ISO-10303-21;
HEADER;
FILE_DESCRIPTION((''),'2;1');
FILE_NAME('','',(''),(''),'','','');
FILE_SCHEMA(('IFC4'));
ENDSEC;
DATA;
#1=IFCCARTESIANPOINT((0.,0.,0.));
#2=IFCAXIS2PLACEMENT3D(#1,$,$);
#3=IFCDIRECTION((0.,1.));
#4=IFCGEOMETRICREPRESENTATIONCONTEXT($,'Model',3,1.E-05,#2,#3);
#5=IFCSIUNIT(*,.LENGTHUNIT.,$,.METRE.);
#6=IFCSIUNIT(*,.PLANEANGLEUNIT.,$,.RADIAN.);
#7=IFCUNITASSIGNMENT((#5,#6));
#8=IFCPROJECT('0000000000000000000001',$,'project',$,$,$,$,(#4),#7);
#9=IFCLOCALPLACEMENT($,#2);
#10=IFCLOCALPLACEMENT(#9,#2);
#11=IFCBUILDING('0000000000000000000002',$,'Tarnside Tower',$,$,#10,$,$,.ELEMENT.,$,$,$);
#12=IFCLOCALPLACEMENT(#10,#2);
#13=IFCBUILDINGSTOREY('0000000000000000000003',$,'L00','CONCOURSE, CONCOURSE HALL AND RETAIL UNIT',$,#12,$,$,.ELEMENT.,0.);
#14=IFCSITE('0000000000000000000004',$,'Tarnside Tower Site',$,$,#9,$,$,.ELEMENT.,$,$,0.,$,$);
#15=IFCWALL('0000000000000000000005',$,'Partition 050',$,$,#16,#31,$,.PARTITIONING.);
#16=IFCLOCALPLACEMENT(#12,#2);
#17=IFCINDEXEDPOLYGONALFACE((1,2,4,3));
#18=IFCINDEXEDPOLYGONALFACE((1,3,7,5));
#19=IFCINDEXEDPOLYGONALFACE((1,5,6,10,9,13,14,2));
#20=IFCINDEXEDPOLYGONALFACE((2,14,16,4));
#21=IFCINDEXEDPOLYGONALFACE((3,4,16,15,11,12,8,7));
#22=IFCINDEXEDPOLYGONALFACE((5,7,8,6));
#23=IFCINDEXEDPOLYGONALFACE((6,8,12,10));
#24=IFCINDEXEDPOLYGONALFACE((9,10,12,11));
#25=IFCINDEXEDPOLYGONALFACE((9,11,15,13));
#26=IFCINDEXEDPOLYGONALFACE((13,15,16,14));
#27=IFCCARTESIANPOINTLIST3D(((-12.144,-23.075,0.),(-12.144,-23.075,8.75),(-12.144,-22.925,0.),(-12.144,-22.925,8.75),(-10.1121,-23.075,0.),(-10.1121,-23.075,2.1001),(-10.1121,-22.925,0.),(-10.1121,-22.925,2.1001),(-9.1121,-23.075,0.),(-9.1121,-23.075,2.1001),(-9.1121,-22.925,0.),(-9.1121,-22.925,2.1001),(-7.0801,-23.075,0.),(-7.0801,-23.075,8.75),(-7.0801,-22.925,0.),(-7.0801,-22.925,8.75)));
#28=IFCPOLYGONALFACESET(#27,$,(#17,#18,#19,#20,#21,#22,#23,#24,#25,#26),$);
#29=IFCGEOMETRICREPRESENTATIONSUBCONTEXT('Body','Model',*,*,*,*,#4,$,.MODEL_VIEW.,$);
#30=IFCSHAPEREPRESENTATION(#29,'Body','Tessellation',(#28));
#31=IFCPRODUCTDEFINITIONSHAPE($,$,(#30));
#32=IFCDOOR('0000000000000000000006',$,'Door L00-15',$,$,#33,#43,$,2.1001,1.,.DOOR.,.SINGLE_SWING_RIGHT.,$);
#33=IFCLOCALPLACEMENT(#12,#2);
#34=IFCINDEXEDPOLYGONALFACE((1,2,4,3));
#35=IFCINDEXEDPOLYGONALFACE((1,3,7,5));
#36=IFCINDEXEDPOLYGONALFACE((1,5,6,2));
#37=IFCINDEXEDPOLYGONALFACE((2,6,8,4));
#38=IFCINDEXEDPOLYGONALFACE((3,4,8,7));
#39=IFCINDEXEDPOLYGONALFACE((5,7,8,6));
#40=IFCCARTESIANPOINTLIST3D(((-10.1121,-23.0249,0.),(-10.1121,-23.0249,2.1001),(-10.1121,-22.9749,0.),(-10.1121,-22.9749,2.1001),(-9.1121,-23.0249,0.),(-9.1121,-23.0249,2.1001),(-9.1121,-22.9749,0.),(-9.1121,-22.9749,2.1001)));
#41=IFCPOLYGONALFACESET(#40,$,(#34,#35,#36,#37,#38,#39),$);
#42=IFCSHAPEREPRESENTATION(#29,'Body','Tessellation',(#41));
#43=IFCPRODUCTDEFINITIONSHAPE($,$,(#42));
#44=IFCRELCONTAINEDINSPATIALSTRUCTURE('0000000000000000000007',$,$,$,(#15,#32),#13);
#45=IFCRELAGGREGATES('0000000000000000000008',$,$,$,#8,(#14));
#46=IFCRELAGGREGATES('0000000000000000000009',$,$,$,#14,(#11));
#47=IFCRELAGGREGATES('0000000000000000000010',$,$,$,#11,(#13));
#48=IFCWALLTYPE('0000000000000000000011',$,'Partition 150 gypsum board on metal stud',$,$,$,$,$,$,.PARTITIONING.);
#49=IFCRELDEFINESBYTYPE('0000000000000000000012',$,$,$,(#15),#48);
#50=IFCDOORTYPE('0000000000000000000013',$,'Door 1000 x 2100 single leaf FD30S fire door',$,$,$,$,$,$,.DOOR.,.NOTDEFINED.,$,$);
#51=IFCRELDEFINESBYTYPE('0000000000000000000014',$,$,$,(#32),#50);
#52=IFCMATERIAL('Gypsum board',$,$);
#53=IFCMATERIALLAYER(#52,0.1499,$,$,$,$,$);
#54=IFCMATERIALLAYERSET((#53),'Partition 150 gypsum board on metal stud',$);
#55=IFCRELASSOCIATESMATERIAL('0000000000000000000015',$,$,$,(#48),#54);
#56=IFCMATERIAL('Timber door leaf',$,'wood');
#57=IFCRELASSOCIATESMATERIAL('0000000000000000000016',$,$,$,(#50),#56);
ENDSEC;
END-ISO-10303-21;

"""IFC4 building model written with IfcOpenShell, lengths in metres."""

from ifc_helpers import new_model, si_unit, direction, frame, frame_2d, origin, place, context, subcontext, project, spatial, rectangle, extrude, material, layer, layer_set, type_object, element, fill, save


model = new_model("IFC4")

# Units and contexts
model_context = context("Model", 3, precision=1e-05, world=origin(), true_north=direction((0.0, 1.0)))
body_context = subcontext(model_context, "Body", "Model", "MODEL_VIEW")
ifc_project = project(units=[si_unit("LENGTHUNIT", "METRE"), si_unit("PLANEANGLEUNIT", "RADIAN")], contexts=[model_context])

# Site, building, storey
site_placement = place(None, origin())
site = spatial("IfcSite", under=ifc_project, at=site_placement, Name="Tarnside Tower Site", CompositionType="ELEMENT", RefElevation=0.0)
building_placement = place(site_placement, origin())
building = spatial("IfcBuilding", under=site, at=building_placement, Name="Tarnside Tower", CompositionType="ELEMENT")
storey_placement = place(building_placement, origin())
storey = spatial("IfcBuildingStorey", under=building, at=storey_placement, Name="L00", Description="CONCOURSE, CONCOURSE HALL AND RETAIL UNIT", CompositionType="ELEMENT", Elevation=0.0)

# Wall, opening, door
ifc_material_1 = material(Name="Gypsum board")
ifc_layer_1 = layer(ifc_material_1, 0.1499)
ifc_layer_set_1 = layer_set([ifc_layer_1], Name="Partition 150 gypsum board on metal stud")
wall_type_1 = type_object("IfcWallType", Name="Partition 150 gypsum board on metal stud", PredefinedType="PARTITIONING", material=ifc_layer_set_1)
wall_1_placement = place(storey_placement, frame((-7.0801, -23.0, 0.0), z_axis=(0.0, 0.0, 1.0), x_axis=(-1.0, 0.0, 0.0)))
wall_1 = element("IfcWall", 1, at=wall_1_placement, inside=storey, type_object=wall_type_1, Name="Partition 050", PredefinedType="PARTITIONING", context=body_context, shape_type="SweptSolid", body=[
    extrude(rectangle(XDim=5.064, YDim=0.1499, at=frame_2d((2.532, 0.0))), origin(), (0.0, 0.0, 1.0), 8.75),
])
opening_1_placement = place(wall_1_placement, frame((2.032, 0.0, 0.0)))
opening_1 = element("IfcOpeningElement", 2, at=opening_1_placement, cuts=wall_1, PredefinedType="OPENING", context=body_context, shape_type="SweptSolid", body=[
    extrude(rectangle(XDim=1.0, YDim=2.1001, at=frame_2d((0.5, 1.05))), frame((0.0, 0.085, 0.0), z_axis=(0.0, -1.0, 0.0), x_axis=(1.0, 0.0, 0.0)), (0.0, 0.0, 1.0), 0.1699),
])
ifc_material_2 = material(Name="Timber door leaf", Category="wood")
door_type_1 = type_object("IfcDoorType", Name="Door 1000 x 2100 single leaf FD30S fire door", OperationType="NOTDEFINED", PredefinedType="DOOR", material=ifc_material_2)
door_1_placement = place(opening_1_placement, origin())
door_1 = element("IfcDoor", 3, at=door_1_placement, inside=storey, type_object=door_type_1, Name="Door L00-15", OperationType="SINGLE_SWING_RIGHT", OverallHeight=2.1001, OverallWidth=1.0, PredefinedType="DOOR", context=body_context, shape_type="SweptSolid", body=[
    extrude(rectangle(XDim=1.0, YDim=2.1001, at=frame_2d((0.5, 1.05))), frame((0.0, 0.0249, 0.0), z_axis=(0.0, -1.0, 0.0), x_axis=(1.0, 0.0, 0.0)), (0.0, 0.0, 1.0), 0.05),
])
fill(opening_1, door_1)

save(model, "model.ifc")
